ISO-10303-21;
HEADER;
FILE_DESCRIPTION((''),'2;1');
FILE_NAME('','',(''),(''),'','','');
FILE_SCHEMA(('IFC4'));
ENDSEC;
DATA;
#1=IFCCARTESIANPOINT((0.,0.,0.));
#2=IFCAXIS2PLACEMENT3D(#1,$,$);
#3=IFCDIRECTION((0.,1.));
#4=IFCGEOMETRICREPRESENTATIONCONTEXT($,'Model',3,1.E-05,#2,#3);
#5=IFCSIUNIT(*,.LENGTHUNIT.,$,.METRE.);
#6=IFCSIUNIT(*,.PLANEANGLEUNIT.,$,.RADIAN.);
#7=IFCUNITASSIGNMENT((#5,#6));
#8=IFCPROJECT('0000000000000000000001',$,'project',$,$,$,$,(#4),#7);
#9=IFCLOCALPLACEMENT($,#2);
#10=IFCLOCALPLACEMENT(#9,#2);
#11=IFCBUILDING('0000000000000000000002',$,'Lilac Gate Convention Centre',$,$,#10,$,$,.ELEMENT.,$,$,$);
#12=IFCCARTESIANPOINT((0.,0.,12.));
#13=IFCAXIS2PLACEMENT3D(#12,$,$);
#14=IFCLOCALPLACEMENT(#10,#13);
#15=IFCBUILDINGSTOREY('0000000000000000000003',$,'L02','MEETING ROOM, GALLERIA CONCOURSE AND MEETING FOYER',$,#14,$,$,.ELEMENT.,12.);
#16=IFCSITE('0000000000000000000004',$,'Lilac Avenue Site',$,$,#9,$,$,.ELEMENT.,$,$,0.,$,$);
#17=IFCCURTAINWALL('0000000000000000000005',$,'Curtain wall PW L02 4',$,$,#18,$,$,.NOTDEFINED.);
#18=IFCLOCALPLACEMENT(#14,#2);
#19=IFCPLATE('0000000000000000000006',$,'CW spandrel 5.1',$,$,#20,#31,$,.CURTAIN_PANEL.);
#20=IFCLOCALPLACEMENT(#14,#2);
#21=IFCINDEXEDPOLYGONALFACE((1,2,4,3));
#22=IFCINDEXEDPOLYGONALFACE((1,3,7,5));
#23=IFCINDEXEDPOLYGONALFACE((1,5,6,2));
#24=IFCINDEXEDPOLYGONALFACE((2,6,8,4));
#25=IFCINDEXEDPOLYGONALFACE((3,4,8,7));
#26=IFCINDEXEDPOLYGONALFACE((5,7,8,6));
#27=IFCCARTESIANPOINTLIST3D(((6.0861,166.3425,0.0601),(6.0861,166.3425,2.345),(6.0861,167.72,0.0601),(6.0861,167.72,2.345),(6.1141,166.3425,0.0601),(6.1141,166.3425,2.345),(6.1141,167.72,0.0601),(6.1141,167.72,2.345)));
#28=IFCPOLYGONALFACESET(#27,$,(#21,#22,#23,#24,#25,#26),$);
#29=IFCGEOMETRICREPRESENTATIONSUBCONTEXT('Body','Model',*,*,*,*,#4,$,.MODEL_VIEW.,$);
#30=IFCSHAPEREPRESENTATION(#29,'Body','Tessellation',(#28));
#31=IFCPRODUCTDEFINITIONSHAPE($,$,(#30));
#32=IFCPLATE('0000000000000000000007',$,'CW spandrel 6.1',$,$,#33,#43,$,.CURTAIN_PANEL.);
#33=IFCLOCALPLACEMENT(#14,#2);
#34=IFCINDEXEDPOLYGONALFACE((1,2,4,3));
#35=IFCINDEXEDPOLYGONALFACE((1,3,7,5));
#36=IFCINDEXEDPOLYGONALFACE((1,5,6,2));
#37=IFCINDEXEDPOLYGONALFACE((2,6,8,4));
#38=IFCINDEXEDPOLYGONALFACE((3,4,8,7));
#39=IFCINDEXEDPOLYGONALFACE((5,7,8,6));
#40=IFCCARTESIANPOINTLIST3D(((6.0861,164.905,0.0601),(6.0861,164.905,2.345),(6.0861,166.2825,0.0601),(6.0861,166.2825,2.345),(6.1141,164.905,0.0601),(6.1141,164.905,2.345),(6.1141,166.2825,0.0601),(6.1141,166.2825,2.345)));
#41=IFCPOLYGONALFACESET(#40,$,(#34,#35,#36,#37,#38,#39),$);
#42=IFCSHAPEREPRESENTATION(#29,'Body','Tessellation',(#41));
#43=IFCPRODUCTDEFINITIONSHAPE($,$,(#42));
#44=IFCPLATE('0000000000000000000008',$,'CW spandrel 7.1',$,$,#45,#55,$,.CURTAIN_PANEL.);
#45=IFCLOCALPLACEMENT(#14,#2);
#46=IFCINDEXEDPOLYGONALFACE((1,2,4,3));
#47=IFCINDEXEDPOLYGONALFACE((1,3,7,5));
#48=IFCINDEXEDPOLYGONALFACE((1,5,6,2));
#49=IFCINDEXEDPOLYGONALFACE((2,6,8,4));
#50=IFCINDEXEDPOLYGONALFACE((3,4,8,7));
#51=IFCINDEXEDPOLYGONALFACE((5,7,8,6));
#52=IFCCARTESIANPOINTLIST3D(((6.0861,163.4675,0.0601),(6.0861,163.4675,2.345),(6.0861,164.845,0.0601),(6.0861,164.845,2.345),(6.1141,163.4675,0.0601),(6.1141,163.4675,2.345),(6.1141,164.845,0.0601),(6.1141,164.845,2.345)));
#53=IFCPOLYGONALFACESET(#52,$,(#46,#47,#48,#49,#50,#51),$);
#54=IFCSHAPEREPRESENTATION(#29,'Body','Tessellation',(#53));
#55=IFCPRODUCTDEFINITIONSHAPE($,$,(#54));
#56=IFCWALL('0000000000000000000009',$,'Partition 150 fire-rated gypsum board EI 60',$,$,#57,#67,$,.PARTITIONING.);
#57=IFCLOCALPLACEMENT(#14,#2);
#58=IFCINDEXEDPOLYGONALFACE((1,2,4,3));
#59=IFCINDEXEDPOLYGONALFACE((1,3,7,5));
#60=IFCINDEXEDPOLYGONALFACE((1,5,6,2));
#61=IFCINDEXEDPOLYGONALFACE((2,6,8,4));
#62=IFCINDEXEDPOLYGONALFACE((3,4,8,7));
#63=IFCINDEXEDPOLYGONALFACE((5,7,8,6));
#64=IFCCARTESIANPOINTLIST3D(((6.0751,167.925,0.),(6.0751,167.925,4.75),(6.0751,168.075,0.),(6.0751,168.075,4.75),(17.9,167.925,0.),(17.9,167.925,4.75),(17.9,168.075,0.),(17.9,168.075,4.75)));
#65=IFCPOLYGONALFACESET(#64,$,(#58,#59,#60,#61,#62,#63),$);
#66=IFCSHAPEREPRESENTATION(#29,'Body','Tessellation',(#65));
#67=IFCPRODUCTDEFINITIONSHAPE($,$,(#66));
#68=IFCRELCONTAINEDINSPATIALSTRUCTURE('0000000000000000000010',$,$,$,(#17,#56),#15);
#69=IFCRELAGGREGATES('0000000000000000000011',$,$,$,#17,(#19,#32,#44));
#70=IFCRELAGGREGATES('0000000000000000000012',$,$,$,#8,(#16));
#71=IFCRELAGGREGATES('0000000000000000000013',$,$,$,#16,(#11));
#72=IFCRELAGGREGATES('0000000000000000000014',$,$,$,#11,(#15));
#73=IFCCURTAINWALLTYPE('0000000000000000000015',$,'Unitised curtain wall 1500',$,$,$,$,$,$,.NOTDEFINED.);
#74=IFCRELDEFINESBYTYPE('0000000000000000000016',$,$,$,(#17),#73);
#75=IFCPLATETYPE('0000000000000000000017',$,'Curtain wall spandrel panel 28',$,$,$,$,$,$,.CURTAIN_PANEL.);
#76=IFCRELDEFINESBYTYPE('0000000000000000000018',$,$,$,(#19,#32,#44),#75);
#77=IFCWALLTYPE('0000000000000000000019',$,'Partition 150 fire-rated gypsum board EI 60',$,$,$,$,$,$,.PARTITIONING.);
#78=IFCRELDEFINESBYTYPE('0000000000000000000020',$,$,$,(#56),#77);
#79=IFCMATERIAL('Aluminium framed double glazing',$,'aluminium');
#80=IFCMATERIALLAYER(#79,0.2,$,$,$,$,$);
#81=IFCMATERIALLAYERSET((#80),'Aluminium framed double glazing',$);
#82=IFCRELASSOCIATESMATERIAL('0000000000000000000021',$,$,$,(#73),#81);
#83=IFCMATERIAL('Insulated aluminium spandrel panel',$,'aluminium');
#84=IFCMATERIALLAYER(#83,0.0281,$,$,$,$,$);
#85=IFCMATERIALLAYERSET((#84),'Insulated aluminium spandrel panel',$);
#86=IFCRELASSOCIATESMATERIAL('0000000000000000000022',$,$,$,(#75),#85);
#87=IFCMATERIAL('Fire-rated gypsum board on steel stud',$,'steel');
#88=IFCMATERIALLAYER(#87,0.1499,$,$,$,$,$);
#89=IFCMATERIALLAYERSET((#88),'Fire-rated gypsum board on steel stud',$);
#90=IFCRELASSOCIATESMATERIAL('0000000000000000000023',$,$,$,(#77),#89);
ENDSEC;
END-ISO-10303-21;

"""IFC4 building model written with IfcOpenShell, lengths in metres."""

from ifc_helpers import new_model, si_unit, direction, frame, frame_2d, origin, origin_2d, place, context, subcontext, project, spatial, rectangle, extrude, material, layer, layer_set, type_object, element, aggregate, save


model = new_model("IFC4")

# Units and contexts
model_context = context("Model", 3, precision=1e-05, world=origin(), true_north=direction((0.0, 1.0)))
body_context = subcontext(model_context, "Body", "Model", "MODEL_VIEW")
ifc_project = project(units=[si_unit("LENGTHUNIT", "METRE"), si_unit("PLANEANGLEUNIT", "RADIAN")], contexts=[model_context])

# Site, building, storey
site_placement = place(None, origin())
site = spatial("IfcSite", under=ifc_project, at=site_placement, Name="Lilac Avenue Site", CompositionType="ELEMENT", RefElevation=0.0)
building_placement = place(site_placement, origin())
building = spatial("IfcBuilding", under=site, at=building_placement, Name="Lilac Gate Convention Centre", CompositionType="ELEMENT")
storey_placement = place(building_placement, frame((0.0, 0.0, 12.0)))
storey = spatial("IfcBuildingStorey", under=building, at=storey_placement, Name="L02", Description="MEETING ROOM, GALLERIA CONCOURSE AND MEETING FOYER", CompositionType="ELEMENT", Elevation=12.0)

# Curtain wall
ifc_material_1 = material(Name="Aluminium framed double glazing", Category="aluminium")
ifc_layer_1 = layer(ifc_material_1, 0.2)
ifc_layer_set_1 = layer_set([ifc_layer_1], Name="Aluminium framed double glazing")
curtain_wall_type = type_object("IfcCurtainWallType", Name="Unitised curtain wall 1500", PredefinedType="NOTDEFINED", material=ifc_layer_set_1)
curtain_wall_placement = place(storey_placement, origin())
curtain_wall = element("IfcCurtainWall", 1, at=curtain_wall_placement, inside=storey, type_object=curtain_wall_type, Name="Curtain wall PW L02 4", PredefinedType="NOTDEFINED")

# Plates
ifc_material_2 = material(Name="Insulated aluminium spandrel panel", Category="aluminium")
ifc_layer_2 = layer(ifc_material_2, 0.0281)
ifc_layer_set_2 = layer_set([ifc_layer_2], Name="Insulated aluminium spandrel panel")
plate_type_1 = type_object("IfcPlateType", Name="Curtain wall spandrel panel 28", PredefinedType="CURTAIN_PANEL", material=ifc_layer_set_2)
plate_1_placement = place(storey_placement, frame((6.1001, 167.0312, 0.0601), z_axis=(0.0, 0.0, 1.0), x_axis=(0.0, -1.0, 0.0)))
plate_1 = element("IfcPlate", 2, at=plate_1_placement, type_object=plate_type_1, Name="CW spandrel 5.1", PredefinedType="CURTAIN_PANEL", context=body_context, shape_type="SweptSolid", body=[
    extrude(rectangle(XDim=1.3774, YDim=0.0281, at=origin_2d()), origin(), (0.0, 0.0, 1.0), 2.2849),
])
plate_2_placement = place(storey_placement, frame((6.1001, 165.5938, 0.0601), z_axis=(0.0, 0.0, 1.0), x_axis=(0.0, -1.0, 0.0)))
plate_2 = element("IfcPlate", 3, at=plate_2_placement, type_object=plate_type_1, Name="CW spandrel 6.1", PredefinedType="CURTAIN_PANEL", context=body_context, shape_type="SweptSolid", body=[
    extrude(rectangle(XDim=1.3774, YDim=0.0281, at=origin_2d()), origin(), (0.0, 0.0, 1.0), 2.2849),
])
plate_3_placement = place(storey_placement, frame((6.1001, 164.1562, 0.0601), z_axis=(0.0, 0.0, 1.0), x_axis=(0.0, -1.0, 0.0)))
plate_3 = element("IfcPlate", 4, at=plate_3_placement, type_object=plate_type_1, Name="CW spandrel 7.1", PredefinedType="CURTAIN_PANEL", context=body_context, shape_type="SweptSolid", body=[
    extrude(rectangle(XDim=1.3774, YDim=0.0281, at=origin_2d()), origin(), (0.0, 0.0, 1.0), 2.2849),
])
aggregate(curtain_wall, [plate_1, plate_2, plate_3])

# Wall
ifc_material_3 = material(Name="Fire-rated gypsum board on steel stud", Category="steel")
ifc_layer_3 = layer(ifc_material_3, 0.1499)
ifc_layer_set_3 = layer_set([ifc_layer_3], Name="Fire-rated gypsum board on steel stud")
wall_type = type_object("IfcWallType", Name="Partition 150 fire-rated gypsum board EI 60", PredefinedType="PARTITIONING", material=ifc_layer_set_3)
wall_placement = place(storey_placement, frame((6.075, 168.0, 0.0), z_axis=(0.0, 0.0, 1.0), x_axis=(1.0, 0.0, 0.0)))
element("IfcWall", 5, at=wall_placement, inside=storey, type_object=wall_type, Name="Partition 150 fire-rated gypsum board EI 60", PredefinedType="PARTITIONING", context=body_context, shape_type="SweptSolid", body=[
    extrude(rectangle(XDim=11.825, YDim=0.1499, at=frame_2d((5.9126, 0.0))), origin(), (0.0, 0.0, 1.0), 4.75),
])

save(model, "model.ifc")
